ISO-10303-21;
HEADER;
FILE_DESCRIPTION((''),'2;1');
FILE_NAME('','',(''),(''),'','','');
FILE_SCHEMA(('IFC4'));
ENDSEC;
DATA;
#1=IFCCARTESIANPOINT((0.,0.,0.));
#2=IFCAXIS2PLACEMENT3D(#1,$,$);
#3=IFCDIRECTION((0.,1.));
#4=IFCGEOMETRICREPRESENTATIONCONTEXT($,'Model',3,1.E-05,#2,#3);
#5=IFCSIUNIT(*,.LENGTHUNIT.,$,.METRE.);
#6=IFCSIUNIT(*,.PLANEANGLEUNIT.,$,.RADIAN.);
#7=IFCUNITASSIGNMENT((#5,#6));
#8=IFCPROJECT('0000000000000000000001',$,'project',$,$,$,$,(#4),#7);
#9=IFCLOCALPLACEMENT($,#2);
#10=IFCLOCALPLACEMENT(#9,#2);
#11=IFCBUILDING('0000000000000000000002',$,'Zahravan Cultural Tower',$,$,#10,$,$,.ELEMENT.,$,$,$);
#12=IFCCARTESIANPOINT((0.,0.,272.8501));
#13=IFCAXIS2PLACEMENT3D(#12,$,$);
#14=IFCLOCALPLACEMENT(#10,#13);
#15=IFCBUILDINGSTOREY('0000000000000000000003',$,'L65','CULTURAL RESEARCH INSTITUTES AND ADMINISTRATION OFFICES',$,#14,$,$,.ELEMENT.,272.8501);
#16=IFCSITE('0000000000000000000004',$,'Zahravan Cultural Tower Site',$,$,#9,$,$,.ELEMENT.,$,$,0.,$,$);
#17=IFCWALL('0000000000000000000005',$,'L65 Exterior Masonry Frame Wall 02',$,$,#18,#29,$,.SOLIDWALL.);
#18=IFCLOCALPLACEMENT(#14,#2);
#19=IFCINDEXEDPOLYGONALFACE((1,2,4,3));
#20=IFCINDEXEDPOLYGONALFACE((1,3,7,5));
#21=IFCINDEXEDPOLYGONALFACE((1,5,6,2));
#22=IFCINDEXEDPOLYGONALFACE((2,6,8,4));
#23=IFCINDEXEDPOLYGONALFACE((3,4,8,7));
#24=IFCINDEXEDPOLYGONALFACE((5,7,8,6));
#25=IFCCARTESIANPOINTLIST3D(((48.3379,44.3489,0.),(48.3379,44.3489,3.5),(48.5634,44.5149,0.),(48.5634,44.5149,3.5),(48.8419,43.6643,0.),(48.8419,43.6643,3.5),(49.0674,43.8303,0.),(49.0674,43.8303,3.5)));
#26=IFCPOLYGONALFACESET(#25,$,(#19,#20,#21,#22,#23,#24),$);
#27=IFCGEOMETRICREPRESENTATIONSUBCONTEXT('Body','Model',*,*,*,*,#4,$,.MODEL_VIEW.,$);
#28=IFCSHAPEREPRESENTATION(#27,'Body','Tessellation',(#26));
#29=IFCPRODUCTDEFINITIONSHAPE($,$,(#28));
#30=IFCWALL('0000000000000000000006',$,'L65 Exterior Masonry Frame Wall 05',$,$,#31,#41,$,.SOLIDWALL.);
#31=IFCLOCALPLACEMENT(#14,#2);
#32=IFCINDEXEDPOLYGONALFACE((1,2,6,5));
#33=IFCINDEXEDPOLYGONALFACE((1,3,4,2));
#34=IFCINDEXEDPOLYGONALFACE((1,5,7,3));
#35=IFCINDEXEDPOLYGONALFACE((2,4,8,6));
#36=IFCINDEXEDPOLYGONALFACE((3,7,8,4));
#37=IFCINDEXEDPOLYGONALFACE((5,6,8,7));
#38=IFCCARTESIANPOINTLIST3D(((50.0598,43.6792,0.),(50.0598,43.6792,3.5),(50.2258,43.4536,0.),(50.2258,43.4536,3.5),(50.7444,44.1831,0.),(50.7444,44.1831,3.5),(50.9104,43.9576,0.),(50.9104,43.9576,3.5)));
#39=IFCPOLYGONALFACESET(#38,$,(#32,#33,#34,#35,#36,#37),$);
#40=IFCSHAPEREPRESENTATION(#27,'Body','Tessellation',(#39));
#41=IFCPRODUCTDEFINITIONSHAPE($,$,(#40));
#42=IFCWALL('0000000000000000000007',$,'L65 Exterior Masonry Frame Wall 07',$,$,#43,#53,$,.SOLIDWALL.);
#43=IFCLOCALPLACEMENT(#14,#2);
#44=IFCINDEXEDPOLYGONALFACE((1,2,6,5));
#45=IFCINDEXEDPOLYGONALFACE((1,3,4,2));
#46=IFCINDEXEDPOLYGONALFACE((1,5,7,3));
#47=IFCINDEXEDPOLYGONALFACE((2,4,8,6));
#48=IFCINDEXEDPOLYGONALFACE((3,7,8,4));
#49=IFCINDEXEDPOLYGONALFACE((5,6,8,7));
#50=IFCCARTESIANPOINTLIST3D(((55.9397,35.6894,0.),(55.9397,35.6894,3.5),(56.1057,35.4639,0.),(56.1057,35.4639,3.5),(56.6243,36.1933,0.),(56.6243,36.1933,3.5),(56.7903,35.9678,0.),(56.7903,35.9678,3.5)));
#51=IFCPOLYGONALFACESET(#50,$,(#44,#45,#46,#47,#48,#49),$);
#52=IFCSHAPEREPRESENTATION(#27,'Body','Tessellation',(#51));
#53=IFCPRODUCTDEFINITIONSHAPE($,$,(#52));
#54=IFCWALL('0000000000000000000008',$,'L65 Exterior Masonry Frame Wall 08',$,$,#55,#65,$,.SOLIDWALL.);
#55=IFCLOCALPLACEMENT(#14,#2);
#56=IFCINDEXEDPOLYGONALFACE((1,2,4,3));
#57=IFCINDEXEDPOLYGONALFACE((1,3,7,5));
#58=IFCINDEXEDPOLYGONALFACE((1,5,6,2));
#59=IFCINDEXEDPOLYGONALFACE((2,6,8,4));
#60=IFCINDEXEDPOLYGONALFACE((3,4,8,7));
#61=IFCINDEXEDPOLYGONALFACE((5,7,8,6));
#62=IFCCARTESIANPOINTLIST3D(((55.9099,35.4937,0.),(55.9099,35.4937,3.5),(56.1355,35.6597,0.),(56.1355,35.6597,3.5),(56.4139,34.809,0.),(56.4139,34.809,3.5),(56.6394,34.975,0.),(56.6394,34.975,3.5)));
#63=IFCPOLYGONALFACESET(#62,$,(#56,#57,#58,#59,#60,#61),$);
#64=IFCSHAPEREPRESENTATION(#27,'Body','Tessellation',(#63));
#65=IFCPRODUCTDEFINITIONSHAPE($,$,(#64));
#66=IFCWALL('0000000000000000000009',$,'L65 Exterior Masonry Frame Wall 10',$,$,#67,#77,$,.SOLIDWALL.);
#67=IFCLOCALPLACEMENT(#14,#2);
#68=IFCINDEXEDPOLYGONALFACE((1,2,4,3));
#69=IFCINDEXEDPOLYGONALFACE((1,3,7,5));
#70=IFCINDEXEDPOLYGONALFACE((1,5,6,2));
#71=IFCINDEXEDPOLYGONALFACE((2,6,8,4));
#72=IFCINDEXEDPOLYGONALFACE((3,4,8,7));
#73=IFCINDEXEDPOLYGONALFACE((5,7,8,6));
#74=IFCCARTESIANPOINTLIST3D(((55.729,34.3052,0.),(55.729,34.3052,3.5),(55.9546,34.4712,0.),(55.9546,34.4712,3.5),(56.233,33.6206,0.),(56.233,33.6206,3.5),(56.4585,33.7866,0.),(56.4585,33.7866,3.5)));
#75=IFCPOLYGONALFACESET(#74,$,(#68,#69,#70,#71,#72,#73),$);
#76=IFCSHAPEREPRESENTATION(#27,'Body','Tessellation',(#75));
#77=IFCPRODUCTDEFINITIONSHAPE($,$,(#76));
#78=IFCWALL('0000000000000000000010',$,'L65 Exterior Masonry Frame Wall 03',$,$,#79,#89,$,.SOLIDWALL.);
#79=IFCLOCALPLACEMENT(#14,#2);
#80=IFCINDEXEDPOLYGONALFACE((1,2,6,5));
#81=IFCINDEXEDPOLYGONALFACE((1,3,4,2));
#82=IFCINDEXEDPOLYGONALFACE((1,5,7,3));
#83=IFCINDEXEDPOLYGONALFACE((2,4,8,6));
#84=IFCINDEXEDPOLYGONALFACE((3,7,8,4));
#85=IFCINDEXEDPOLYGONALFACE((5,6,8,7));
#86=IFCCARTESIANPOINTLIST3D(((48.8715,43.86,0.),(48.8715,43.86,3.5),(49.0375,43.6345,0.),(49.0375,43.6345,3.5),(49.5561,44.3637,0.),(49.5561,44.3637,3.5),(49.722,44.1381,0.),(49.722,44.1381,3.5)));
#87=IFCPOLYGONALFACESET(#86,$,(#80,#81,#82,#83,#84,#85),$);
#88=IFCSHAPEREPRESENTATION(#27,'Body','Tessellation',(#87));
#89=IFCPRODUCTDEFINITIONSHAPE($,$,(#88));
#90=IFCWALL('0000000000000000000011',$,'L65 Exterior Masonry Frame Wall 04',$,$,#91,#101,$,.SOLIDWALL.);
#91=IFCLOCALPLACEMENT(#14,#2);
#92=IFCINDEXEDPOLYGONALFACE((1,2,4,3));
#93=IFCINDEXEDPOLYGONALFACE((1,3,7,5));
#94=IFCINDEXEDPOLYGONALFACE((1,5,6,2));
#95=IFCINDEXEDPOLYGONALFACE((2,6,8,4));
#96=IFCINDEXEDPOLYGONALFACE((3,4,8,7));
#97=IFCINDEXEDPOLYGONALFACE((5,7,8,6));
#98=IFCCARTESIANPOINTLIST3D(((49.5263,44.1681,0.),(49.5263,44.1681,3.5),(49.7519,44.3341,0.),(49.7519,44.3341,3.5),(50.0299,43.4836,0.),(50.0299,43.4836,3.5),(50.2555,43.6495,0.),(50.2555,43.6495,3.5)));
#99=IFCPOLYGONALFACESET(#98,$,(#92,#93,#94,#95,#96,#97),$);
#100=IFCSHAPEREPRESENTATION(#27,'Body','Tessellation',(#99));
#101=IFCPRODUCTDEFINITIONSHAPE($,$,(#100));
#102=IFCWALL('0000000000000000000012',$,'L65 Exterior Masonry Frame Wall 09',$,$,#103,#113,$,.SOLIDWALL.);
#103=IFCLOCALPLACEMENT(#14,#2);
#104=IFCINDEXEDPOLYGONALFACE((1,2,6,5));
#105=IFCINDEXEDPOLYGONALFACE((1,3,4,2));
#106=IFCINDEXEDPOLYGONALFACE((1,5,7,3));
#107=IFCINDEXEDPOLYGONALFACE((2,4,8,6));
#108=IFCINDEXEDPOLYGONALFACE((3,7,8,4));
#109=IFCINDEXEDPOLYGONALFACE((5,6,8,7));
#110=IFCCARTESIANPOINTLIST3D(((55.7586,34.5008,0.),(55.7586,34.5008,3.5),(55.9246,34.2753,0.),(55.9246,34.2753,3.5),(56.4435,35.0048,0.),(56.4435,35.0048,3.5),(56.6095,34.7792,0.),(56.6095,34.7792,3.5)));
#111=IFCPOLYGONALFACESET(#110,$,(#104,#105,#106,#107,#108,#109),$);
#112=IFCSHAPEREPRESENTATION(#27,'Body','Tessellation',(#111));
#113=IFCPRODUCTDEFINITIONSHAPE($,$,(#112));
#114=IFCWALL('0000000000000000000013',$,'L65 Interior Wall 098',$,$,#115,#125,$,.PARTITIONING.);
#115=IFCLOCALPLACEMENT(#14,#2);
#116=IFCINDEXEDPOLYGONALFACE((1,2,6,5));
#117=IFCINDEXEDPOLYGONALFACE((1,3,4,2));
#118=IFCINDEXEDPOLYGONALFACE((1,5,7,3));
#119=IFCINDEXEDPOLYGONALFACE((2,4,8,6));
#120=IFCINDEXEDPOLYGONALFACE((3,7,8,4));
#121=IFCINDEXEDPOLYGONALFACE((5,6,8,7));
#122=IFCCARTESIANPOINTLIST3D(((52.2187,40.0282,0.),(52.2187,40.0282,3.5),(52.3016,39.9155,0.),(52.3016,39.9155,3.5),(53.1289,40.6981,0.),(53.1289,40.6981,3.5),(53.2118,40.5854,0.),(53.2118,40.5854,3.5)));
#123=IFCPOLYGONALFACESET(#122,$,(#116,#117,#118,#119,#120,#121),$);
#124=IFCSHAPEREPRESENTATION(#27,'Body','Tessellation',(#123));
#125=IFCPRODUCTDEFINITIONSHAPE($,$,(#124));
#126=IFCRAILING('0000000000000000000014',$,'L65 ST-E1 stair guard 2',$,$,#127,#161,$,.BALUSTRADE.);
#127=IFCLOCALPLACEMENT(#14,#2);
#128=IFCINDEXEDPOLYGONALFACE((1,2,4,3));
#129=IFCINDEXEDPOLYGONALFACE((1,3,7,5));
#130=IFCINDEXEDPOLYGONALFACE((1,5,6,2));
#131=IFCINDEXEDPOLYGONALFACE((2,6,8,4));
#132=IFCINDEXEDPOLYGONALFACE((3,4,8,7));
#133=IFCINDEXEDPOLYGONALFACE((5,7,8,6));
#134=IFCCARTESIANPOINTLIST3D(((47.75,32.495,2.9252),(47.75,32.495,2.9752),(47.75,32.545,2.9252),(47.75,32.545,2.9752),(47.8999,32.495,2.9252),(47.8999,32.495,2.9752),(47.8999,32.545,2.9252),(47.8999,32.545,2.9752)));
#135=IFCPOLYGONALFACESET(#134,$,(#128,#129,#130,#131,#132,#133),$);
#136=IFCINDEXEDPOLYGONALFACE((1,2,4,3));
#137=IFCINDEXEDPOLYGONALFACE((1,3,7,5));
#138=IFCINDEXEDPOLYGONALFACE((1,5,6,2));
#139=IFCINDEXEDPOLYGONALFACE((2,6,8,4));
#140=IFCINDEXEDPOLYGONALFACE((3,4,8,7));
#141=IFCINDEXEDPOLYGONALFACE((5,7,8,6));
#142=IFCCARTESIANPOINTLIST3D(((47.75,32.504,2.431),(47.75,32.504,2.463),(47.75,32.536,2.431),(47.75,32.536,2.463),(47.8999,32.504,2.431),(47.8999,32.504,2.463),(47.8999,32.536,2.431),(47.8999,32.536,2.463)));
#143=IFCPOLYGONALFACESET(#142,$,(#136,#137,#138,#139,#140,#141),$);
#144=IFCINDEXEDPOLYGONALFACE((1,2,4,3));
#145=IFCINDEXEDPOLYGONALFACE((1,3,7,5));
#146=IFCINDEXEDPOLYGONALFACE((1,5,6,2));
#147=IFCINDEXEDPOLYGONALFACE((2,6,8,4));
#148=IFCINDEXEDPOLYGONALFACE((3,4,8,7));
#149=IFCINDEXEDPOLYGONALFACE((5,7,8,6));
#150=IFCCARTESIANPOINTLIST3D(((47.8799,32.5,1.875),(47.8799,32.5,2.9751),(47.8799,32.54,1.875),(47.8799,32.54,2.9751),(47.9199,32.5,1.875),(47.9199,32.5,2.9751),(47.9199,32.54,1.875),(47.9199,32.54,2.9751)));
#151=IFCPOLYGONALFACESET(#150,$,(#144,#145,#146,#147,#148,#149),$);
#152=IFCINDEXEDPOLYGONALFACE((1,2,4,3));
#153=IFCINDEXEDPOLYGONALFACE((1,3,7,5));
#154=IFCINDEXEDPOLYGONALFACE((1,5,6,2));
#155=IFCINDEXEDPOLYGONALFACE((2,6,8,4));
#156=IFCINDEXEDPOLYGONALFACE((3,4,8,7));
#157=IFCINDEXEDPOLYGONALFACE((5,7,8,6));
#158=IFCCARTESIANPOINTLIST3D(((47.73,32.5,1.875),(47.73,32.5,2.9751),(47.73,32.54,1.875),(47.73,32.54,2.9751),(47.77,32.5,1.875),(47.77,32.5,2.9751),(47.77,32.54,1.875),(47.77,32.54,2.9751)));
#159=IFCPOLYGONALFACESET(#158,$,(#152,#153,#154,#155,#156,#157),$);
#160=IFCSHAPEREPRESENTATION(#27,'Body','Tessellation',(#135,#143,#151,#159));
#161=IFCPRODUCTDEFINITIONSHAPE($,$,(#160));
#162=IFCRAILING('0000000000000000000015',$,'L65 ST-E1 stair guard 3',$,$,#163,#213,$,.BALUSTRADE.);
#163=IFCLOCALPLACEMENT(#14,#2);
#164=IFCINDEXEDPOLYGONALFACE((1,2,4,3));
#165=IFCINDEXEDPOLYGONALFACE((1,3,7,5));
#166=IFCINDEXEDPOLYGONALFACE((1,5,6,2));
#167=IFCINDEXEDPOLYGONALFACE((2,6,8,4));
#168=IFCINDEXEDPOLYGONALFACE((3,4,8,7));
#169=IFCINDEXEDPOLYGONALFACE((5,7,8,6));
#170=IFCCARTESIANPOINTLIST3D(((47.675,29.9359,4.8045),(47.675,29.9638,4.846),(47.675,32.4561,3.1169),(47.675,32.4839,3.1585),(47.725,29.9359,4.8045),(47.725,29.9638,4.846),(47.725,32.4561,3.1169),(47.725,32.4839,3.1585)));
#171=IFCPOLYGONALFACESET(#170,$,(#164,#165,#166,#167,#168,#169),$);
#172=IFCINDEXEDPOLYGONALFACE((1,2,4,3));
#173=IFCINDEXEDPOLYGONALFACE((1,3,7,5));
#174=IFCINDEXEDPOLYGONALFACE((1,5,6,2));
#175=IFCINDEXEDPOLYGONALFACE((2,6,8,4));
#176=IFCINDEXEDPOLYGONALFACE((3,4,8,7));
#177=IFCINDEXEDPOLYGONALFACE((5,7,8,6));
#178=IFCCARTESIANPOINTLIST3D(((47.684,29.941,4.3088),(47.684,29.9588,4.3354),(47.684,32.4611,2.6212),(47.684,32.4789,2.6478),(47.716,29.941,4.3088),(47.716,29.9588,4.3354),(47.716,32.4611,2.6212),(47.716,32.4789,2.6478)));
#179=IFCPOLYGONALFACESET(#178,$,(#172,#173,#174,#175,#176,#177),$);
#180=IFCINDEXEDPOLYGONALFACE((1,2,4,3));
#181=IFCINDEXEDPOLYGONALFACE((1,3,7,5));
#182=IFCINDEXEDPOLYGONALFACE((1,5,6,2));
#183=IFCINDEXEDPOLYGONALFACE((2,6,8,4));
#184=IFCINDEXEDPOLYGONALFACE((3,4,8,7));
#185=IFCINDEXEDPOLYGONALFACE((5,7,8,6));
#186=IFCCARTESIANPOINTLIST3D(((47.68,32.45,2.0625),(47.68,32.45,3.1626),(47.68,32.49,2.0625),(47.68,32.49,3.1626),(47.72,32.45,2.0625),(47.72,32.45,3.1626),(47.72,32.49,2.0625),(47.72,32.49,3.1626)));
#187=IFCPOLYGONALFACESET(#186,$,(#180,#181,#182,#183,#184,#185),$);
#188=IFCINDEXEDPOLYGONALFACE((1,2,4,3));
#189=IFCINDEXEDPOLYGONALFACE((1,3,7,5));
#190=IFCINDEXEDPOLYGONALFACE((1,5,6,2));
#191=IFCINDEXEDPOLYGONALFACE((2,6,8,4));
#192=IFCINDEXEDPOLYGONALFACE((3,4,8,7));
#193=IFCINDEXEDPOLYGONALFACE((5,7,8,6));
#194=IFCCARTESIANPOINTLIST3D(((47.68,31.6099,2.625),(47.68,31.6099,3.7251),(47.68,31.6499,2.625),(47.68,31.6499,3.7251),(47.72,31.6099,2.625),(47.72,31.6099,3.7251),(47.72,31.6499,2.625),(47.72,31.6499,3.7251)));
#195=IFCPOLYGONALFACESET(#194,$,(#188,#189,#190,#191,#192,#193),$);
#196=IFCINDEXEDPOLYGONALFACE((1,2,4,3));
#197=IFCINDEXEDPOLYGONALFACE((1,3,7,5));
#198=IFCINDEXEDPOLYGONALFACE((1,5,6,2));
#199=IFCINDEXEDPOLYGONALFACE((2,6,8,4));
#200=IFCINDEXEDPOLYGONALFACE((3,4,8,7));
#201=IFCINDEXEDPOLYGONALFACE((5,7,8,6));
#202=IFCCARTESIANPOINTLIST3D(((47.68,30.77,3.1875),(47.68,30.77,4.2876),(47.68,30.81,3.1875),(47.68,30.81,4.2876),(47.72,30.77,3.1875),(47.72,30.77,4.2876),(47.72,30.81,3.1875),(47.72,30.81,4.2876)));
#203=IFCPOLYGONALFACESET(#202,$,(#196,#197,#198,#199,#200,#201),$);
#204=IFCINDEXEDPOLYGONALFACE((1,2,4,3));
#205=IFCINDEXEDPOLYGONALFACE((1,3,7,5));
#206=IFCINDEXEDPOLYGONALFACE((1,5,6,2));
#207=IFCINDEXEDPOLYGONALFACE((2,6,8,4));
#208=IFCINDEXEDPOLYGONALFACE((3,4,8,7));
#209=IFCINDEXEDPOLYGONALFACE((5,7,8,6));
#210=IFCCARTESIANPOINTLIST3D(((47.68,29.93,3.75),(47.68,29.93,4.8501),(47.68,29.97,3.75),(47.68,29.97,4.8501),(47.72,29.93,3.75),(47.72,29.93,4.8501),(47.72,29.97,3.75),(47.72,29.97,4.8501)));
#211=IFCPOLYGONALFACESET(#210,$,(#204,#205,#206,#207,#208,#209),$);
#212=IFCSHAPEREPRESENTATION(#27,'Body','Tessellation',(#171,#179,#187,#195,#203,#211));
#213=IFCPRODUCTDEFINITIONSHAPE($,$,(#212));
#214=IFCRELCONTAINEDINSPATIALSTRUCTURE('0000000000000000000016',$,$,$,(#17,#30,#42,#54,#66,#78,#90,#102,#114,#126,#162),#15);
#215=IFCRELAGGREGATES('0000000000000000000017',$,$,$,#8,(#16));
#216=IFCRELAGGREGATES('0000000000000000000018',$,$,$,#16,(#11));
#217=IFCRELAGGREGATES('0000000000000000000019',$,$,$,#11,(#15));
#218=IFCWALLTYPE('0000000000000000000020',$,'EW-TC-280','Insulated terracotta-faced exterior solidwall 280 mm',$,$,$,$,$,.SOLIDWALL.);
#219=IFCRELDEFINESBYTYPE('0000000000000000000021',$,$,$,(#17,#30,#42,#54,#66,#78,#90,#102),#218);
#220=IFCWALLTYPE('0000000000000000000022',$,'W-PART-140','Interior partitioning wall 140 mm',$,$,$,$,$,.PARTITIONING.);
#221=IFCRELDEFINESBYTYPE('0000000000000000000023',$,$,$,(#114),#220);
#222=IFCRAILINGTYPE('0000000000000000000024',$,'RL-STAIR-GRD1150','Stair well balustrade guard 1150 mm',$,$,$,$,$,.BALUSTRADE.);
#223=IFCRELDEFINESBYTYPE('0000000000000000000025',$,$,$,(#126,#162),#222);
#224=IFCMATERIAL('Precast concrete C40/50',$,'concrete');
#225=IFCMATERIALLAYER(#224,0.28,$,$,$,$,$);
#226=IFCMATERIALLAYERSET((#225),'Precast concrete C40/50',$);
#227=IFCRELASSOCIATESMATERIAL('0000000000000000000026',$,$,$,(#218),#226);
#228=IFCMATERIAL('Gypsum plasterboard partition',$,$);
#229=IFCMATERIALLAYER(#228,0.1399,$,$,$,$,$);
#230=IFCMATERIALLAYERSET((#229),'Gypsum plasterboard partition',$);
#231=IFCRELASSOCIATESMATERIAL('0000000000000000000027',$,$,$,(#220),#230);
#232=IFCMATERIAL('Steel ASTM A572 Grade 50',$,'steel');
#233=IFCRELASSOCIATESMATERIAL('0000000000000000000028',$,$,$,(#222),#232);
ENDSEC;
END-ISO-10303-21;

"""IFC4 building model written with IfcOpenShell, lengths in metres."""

from ifc_helpers import new_model, si_unit, direction, frame, frame_2d, origin, origin_2d, place, context, subcontext, project, spatial, rectangle, extrude, source, transform, mapped, material, layer, layer_set, type_object, element, save


model = new_model("IFC4")

# Units and contexts
model_context = context("Model", 3, precision=1e-05, world=origin(), true_north=direction((0.0, 1.0)))
body_context = subcontext(model_context, "Body", "Model", "MODEL_VIEW")
ifc_project = project(units=[si_unit("LENGTHUNIT", "METRE"), si_unit("PLANEANGLEUNIT", "RADIAN")], contexts=[model_context])

# Site, building, storey
site_placement = place(None, origin())
site = spatial("IfcSite", under=ifc_project, at=site_placement, Name="Zahravan Cultural Tower Site", CompositionType="ELEMENT", RefElevation=0.0)
building_placement = place(site_placement, origin())
building = spatial("IfcBuilding", under=site, at=building_placement, Name="Zahravan Cultural Tower", CompositionType="ELEMENT")
storey_placement = place(building_placement, frame((0.0, 0.0, 272.8501)))
storey = spatial("IfcBuildingStorey", under=building, at=storey_placement, Name="L65", Description="CULTURAL RESEARCH INSTITUTES AND ADMINISTRATION OFFICES", CompositionType="ELEMENT", Elevation=272.8501)

# Shared definitions
ifc_material_1 = material(Name="Precast concrete C40/50", Category="concrete")
ifc_layer_1 = layer(ifc_material_1, 0.28)
ifc_layer_set_1 = layer_set([ifc_layer_1], Name="Precast concrete C40/50")
wall_type_1 = type_object("IfcWallType", Name="EW-TC-280", Description="Insulated terracotta-faced exterior solidwall 280 mm", PredefinedType="SOLIDWALL", material=ifc_layer_set_1)

# Walls
shared_shape_1 = source(origin(), body_context, "Body", "SweptSolid", [
    extrude(rectangle(XDim=0.8501, YDim=0.28, at=frame_2d((0.425, 0.0))), origin(), (0.0, 0.0, 1.0), 3.5),
])
for number, where, z_axis, x_axis, name in (
    (1, (48.4507, 44.4319, 0.0), (0.0, 0.0, 1.0), (0.592807, -0.805345, 0.0), "L65 Exterior Masonry Frame Wall 02"),
    (2, (50.1428, 43.5664, 0.0), (0.0, 0.0, 1.0), (0.805345, 0.592807, 0.0), "L65 Exterior Masonry Frame Wall 05"),
    (3, (56.7073, 36.0806, 0.0), (0.0, 0.0, 1.0), (-0.805345, -0.592807, 0.0), "L65 Exterior Masonry Frame Wall 07"),
    (4, (56.0227, 35.5767, 0.0), (0.0, 0.0, 1.0), (0.592807, -0.805345, 0.0), "L65 Exterior Masonry Frame Wall 08"),
    (5, (55.8418, 34.3882, 0.0), (0.0, 0.0, 1.0), (0.592807, -0.805345, 0.0), "L65 Exterior Masonry Frame Wall 10"),
):
    element("IfcWall", number, at=place(storey_placement, frame(where, z_axis=z_axis, x_axis=x_axis)), inside=storey, type_object=wall_type_1, Name=name, PredefinedType="SOLIDWALL", context=body_context, shape_type="MappedRepresentation", body=[
        mapped(shared_shape_1, transform((0.0, 0.0, 0.0), x_axis=(1.0, 0.0, 0.0), y_axis=(0.0, 1.0, 0.0), z_axis=(0.0, 0.0, 1.0), scale=1.0)),
    ])
shared_shape_2 = source(origin(), body_context, "Body", "SweptSolid", [
    extrude(rectangle(XDim=0.8499, YDim=0.28, at=frame_2d((0.4248, 0.0))), origin(), (0.0, 0.0, 1.0), 3.5),
])
for number, where, z_axis, x_axis, name in (
    (6, (48.9546, 43.7473, 0.0), (0.0, 0.0, 1.0), (0.805482, 0.592621, 0.0), "L65 Exterior Masonry Frame Wall 03"),
    (7, (49.6392, 44.251, 0.0), (0.0, 0.0, 1.0), (0.592621, -0.805482, 0.0), "L65 Exterior Masonry Frame Wall 04"),
):
    element("IfcWall", number, at=place(storey_placement, frame(where, z_axis=z_axis, x_axis=x_axis)), inside=storey, type_object=wall_type_1, Name=name, PredefinedType="SOLIDWALL", context=body_context, shape_type="MappedRepresentation", body=[
        mapped(shared_shape_2, transform((0.0, 0.0, 0.0), x_axis=(1.0, 0.0, 0.0), y_axis=(0.0, 1.0, 0.0), z_axis=(0.0, 0.0, 1.0), scale=1.0)),
    ])
shared_shape_3 = source(origin(), body_context, "Body", "SweptSolid", [
    extrude(rectangle(XDim=0.8503, YDim=0.28, at=frame_2d((0.4253, 0.0))), origin(), (0.0, 0.0, 1.0), 3.5),
])
wall_1_placement = place(storey_placement, frame((56.5266, 34.8921, 0.0), z_axis=(0.0, 0.0, 1.0), x_axis=(-0.805445, -0.59267, 0.0)))
element("IfcWall", 8, at=wall_1_placement, inside=storey, type_object=wall_type_1, Name="L65 Exterior Masonry Frame Wall 09", PredefinedType="SOLIDWALL", context=body_context, shape_type="MappedRepresentation", body=[
    mapped(shared_shape_3, transform((0.0, 0.0, 0.0), x_axis=(1.0, 0.0, 0.0), y_axis=(0.0, 1.0, 0.0), z_axis=(0.0, 0.0, 1.0), scale=1.0)),
])
ifc_material_2 = material(Name="Gypsum plasterboard partition")
ifc_layer_2 = layer(ifc_material_2, 0.1399)
ifc_layer_set_2 = layer_set([ifc_layer_2], Name="Gypsum plasterboard partition")
wall_type_2 = type_object("IfcWallType", Name="W-PART-140", Description="Interior partitioning wall 140 mm", PredefinedType="PARTITIONING", material=ifc_layer_set_2)
shared_shape_4 = source(origin(), body_context, "Body", "SweptSolid", [
    extrude(rectangle(XDim=1.1301, YDim=0.1399, at=frame_2d((0.5649, 0.0))), origin(), (0.0, 0.0, 1.0), 3.5),
])
wall_2_placement = place(storey_placement, frame((52.2603, 39.9719, 0.0), z_axis=(0.0, 0.0, 1.0), x_axis=(0.80536, 0.592786, 0.0)))
element("IfcWall", 9, at=wall_2_placement, inside=storey, type_object=wall_type_2, Name="L65 Interior Wall 098", PredefinedType="PARTITIONING", context=body_context, shape_type="MappedRepresentation", body=[
    mapped(shared_shape_4, transform((0.0, 0.0, 0.0), x_axis=(1.0, 0.0, 0.0), y_axis=(0.0, 1.0, 0.0), z_axis=(0.0, 0.0, 1.0), scale=1.0)),
])

# Railings
ifc_material_3 = material(Name="Steel ASTM A572 Grade 50", Category="steel")
railing_type = type_object("IfcRailingType", Name="RL-STAIR-GRD1150", Description="Stair well balustrade guard 1150 mm", PredefinedType="BALUSTRADE", material=ifc_material_3)
railing_1_placement = place(storey_placement, frame((47.8999, 32.52, 1.875)))
element("IfcRailing", 10, at=railing_1_placement, inside=storey, type_object=railing_type, Name="L65 ST-E1 stair guard 2", PredefinedType="BALUSTRADE", context=body_context, shape_type="SweptSolid", body=[
    extrude(rectangle(XDim=0.05, YDim=0.05, at=origin_2d()), frame((0.0, 0.0, 1.0752), z_axis=(-1.0, 0.0, 0.0), x_axis=(0.0, -1.0, 0.0)), (0.0, 0.0, 1.0), 0.1499),
    extrude(rectangle(XDim=0.032, YDim=0.032, at=origin_2d()), frame((0.0, 0.0, 0.572), z_axis=(-1.0, 0.0, 0.0), x_axis=(0.0, -1.0, 0.0)), (0.0, 0.0, 1.0), 0.1499),
    extrude(rectangle(XDim=0.04, YDim=0.04, at=origin_2d()), origin(), (0.0, 0.0, 1.0), 1.1001),
    extrude(rectangle(XDim=0.04, YDim=0.04, at=origin_2d()), frame((-0.1499, 0.0, 0.0)), (0.0, 0.0, 1.0), 1.1001),
])
railing_2_placement = place(storey_placement, frame((47.7, 32.47, 2.0625)))
element("IfcRailing", 11, at=railing_2_placement, inside=storey, type_object=railing_type, Name="L65 ST-E1 stair guard 3", PredefinedType="BALUSTRADE", context=body_context, shape_type="SweptSolid", body=[
    extrude(rectangle(XDim=0.05, YDim=0.05, at=origin_2d()), frame((0.0, 0.0, 1.0752), z_axis=(0.0, -0.830909, 0.556408), x_axis=(1.0, 0.0, 0.0)), (0.0, 0.0, 1.0), 3.033),
    extrude(rectangle(XDim=0.032, YDim=0.032, at=origin_2d()), frame((0.0, 0.0, 0.572), z_axis=(0.0, -0.830909, 0.556408), x_axis=(1.0, 0.0, 0.0)), (0.0, 0.0, 1.0), 3.033),
    extrude(rectangle(XDim=0.04, YDim=0.04, at=origin_2d()), origin(), (0.0, 0.0, 1.0), 1.1001),
    extrude(rectangle(XDim=0.04, YDim=0.04, at=origin_2d()), frame((0.0, -0.8401, 0.5625)), (0.0, 0.0, 1.0), 1.1001),
    extrude(rectangle(XDim=0.04, YDim=0.04, at=origin_2d()), frame((0.0, -1.6799, 1.125)), (0.0, 0.0, 1.0), 1.1001),
    extrude(rectangle(XDim=0.04, YDim=0.04, at=origin_2d()), frame((0.0, -2.52, 1.6875)), (0.0, 0.0, 1.0), 1.1001),
])

save(model, "model.ifc")
